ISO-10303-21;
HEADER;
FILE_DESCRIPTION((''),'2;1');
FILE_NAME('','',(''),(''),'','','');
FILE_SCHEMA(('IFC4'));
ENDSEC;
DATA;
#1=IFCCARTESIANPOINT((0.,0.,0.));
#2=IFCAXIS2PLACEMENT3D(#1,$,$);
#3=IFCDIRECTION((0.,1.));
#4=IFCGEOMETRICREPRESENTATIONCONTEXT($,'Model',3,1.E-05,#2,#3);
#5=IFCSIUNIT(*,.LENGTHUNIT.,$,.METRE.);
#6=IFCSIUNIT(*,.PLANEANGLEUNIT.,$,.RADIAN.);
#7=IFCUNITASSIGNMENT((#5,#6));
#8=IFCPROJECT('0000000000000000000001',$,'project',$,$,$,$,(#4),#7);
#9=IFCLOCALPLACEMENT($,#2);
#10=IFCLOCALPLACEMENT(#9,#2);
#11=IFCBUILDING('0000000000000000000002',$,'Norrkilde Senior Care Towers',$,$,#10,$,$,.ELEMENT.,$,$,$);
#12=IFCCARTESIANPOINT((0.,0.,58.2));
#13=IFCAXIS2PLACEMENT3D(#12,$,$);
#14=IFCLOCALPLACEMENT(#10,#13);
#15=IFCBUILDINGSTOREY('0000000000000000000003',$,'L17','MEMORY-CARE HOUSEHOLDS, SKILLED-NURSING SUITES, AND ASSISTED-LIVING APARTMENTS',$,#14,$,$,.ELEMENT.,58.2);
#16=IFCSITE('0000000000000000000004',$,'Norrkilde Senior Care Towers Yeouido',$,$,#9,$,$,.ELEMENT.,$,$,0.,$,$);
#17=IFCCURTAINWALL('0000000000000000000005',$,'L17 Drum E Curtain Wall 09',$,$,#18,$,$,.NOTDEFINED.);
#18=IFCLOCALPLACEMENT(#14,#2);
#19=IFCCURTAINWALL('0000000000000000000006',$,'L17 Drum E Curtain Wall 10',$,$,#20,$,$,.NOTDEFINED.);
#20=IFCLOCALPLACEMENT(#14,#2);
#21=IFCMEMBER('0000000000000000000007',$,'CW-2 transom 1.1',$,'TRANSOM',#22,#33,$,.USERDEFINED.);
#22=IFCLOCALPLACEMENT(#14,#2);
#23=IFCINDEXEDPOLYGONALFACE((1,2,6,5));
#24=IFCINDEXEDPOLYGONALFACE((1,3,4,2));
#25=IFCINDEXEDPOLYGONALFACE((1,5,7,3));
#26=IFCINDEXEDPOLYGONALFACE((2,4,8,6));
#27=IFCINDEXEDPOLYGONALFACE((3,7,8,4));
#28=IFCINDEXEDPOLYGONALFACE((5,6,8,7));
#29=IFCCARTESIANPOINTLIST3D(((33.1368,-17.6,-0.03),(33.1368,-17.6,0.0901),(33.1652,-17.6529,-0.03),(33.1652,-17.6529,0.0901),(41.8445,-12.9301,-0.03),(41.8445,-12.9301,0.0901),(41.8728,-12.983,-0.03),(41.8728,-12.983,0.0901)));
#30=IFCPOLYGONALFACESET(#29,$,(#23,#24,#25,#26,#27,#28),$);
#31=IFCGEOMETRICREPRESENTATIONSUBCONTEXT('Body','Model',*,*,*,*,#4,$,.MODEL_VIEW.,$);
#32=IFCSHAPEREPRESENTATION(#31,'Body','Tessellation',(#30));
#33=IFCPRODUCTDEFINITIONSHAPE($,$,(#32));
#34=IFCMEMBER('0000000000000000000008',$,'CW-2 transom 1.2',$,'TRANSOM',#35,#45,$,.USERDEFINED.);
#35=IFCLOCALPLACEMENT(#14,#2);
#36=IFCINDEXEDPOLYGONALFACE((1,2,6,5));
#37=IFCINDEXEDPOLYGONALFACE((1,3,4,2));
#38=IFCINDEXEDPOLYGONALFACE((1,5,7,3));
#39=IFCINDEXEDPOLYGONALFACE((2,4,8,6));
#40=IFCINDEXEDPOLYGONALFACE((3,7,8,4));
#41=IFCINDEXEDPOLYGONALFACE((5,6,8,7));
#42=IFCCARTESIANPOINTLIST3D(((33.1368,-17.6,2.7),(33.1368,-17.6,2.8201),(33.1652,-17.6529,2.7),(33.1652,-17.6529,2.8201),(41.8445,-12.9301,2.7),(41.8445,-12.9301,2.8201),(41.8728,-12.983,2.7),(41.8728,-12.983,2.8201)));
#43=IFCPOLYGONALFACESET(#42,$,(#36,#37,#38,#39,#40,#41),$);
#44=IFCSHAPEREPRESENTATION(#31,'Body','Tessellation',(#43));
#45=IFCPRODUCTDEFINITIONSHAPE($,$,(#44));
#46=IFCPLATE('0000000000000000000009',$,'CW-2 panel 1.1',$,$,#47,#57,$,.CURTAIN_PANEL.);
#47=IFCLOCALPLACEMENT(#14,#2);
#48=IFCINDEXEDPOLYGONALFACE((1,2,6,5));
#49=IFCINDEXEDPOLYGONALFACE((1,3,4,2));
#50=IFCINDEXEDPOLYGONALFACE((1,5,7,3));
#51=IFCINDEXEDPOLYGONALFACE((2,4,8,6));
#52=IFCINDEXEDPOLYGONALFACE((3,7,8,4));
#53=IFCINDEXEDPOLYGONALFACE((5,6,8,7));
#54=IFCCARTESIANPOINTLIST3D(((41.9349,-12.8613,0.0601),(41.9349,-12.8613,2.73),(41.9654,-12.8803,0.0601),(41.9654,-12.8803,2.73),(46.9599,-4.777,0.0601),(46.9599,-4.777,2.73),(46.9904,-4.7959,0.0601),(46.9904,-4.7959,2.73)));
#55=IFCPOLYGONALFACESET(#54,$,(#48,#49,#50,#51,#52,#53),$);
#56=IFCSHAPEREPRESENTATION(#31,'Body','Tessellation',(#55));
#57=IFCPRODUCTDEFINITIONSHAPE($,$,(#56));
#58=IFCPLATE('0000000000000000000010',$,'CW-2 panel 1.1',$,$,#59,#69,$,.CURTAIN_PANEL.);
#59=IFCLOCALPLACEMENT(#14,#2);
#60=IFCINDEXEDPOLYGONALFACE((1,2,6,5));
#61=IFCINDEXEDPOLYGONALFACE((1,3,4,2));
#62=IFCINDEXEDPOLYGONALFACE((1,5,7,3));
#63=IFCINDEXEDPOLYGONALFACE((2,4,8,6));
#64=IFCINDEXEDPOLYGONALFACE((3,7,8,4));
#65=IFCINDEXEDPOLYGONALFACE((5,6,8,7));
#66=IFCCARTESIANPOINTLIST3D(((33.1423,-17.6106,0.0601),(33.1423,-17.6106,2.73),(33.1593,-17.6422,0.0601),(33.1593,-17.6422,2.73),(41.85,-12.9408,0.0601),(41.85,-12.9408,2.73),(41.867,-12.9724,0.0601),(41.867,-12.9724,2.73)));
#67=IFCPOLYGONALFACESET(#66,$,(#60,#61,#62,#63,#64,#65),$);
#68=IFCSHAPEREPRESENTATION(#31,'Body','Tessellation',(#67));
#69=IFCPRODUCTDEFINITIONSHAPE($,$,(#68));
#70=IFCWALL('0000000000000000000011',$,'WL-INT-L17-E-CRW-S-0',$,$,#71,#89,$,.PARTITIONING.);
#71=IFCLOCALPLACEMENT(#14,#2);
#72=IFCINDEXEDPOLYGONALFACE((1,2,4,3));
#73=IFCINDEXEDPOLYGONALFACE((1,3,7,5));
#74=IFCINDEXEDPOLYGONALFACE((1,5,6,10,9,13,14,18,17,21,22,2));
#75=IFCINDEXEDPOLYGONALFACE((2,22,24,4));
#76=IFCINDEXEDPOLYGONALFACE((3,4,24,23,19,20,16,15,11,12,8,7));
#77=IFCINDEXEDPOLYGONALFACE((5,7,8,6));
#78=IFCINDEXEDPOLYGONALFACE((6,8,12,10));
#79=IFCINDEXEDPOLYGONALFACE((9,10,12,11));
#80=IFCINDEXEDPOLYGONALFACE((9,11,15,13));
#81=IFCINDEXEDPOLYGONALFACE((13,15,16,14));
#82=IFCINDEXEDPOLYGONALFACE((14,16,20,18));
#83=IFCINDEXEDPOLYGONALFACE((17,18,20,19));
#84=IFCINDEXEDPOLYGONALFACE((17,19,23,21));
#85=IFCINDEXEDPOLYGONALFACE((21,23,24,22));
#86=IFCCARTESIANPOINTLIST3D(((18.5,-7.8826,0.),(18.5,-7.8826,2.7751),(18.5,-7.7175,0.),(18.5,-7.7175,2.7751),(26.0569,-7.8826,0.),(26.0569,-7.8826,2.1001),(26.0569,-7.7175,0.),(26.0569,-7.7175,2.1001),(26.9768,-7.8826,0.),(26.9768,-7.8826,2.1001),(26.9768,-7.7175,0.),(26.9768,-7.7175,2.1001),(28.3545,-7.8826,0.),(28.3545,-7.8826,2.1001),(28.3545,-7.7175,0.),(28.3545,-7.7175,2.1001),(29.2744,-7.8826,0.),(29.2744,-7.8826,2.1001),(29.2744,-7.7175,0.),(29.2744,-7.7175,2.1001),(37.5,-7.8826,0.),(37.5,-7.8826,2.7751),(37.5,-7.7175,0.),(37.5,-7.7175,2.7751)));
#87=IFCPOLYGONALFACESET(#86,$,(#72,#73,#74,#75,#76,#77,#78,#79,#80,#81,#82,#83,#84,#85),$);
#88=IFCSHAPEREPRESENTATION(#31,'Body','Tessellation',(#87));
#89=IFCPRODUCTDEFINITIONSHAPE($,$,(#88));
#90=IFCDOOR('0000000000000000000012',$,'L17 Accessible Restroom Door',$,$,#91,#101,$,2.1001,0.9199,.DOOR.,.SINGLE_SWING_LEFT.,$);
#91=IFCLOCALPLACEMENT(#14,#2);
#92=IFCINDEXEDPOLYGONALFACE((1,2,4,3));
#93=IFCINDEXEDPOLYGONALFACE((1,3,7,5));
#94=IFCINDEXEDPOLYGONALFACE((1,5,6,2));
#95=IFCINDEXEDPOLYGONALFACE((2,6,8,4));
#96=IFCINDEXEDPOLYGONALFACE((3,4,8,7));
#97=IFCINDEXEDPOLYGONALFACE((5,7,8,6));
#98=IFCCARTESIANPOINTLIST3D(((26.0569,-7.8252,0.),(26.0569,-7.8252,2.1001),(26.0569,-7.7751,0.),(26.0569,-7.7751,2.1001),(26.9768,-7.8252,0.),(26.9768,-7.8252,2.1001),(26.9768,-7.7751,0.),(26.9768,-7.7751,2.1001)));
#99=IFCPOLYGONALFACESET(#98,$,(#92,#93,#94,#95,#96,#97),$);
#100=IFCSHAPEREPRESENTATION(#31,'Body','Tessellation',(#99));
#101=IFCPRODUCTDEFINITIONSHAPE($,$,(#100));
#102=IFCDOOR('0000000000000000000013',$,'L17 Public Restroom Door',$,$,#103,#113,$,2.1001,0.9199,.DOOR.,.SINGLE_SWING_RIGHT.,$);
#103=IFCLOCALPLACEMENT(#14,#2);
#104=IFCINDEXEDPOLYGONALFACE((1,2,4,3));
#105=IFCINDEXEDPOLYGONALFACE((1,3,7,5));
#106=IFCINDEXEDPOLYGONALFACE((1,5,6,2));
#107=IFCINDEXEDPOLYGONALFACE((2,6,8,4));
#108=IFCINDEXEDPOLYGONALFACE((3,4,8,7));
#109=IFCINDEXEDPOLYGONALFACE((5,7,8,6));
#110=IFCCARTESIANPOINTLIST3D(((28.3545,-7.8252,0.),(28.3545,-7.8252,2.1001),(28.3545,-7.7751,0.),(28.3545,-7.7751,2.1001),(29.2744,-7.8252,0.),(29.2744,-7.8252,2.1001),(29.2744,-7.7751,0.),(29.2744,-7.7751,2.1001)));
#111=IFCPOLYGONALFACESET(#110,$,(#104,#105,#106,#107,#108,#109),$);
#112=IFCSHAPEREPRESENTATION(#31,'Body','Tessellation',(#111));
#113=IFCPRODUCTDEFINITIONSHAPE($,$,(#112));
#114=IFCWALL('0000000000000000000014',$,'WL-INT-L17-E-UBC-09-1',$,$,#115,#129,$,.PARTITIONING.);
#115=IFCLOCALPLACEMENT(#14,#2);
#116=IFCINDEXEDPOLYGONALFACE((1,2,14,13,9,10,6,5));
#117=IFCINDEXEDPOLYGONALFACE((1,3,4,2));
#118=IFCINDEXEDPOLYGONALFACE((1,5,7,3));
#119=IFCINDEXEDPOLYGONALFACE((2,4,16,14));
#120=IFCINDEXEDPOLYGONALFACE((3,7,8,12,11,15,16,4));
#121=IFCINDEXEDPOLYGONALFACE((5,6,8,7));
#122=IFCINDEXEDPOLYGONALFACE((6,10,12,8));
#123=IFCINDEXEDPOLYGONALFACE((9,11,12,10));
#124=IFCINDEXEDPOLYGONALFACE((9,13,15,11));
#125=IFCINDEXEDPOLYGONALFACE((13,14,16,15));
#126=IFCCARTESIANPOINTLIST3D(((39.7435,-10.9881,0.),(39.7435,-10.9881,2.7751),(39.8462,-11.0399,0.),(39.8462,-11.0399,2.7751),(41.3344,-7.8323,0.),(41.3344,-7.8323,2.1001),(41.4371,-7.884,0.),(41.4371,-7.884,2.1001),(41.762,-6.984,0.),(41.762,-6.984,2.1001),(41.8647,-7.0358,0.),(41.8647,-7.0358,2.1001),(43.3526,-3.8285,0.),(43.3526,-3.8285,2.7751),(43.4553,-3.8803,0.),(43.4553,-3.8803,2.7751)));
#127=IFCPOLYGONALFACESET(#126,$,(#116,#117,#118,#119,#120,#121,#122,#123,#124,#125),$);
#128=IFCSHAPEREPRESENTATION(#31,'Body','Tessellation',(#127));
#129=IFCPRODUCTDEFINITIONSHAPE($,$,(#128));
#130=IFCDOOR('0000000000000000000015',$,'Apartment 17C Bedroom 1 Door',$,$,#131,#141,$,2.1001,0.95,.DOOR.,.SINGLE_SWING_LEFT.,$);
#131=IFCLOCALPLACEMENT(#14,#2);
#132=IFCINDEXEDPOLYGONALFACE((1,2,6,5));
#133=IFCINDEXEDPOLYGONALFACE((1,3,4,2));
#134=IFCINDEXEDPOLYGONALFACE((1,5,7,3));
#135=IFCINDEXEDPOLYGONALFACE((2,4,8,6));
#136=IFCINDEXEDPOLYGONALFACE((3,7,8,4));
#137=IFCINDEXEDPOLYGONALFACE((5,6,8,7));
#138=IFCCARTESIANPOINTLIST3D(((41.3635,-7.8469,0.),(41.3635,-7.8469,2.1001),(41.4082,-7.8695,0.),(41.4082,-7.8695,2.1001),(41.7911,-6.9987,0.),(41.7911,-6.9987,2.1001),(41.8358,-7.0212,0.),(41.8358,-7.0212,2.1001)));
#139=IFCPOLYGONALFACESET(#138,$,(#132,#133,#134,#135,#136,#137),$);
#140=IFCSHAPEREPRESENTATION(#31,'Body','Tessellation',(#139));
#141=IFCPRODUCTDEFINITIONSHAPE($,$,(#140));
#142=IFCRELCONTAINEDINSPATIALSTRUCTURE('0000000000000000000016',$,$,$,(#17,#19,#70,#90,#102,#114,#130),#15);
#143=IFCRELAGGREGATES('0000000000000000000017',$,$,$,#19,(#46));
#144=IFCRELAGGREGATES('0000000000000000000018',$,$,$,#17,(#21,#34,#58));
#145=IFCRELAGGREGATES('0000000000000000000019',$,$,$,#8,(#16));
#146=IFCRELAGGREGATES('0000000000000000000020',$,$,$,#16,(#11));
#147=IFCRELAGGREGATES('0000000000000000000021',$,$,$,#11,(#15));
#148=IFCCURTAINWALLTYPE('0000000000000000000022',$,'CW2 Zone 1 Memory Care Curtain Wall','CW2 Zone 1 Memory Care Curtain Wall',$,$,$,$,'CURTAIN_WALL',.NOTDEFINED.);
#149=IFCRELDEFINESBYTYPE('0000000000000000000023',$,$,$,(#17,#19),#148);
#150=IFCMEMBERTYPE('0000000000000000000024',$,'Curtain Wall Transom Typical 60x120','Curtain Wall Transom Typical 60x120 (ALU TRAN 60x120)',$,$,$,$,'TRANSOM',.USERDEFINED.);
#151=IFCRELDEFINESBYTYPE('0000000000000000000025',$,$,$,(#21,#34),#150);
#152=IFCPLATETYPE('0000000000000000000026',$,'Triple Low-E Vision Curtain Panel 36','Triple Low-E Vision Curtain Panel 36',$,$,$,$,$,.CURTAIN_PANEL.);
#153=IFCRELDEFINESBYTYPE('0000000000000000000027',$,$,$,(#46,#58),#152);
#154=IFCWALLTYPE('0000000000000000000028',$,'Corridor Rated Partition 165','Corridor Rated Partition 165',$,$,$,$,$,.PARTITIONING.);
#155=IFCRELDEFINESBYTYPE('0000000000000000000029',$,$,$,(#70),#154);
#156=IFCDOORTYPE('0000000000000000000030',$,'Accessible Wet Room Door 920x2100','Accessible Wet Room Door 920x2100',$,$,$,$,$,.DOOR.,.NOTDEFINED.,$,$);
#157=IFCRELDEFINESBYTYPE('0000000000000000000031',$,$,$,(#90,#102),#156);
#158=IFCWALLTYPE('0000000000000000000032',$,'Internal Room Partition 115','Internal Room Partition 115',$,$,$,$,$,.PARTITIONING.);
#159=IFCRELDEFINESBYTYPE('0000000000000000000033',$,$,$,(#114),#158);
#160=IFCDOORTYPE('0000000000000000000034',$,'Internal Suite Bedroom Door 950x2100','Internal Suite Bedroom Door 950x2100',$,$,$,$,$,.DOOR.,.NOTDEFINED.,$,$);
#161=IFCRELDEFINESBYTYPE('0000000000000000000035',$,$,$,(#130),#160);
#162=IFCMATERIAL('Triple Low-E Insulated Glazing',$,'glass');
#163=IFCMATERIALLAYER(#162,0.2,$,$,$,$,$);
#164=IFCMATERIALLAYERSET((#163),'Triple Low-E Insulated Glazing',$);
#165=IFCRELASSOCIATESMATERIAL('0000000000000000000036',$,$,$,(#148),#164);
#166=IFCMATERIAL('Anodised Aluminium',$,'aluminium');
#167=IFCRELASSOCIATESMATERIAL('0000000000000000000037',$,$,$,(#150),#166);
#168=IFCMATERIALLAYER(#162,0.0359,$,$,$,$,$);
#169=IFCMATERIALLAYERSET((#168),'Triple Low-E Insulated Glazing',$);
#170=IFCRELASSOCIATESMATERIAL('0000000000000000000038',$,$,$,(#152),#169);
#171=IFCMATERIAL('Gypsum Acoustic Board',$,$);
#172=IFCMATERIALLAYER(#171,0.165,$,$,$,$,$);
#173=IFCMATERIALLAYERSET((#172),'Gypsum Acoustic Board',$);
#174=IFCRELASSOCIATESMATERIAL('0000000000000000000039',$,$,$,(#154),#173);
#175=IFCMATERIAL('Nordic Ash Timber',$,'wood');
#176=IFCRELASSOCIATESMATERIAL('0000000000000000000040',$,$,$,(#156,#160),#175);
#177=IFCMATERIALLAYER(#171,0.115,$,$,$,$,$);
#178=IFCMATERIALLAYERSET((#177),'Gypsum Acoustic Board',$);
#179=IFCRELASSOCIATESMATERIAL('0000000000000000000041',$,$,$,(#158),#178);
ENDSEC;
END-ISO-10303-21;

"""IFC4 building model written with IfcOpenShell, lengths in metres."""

from ifc_helpers import new_model, si_unit, direction, frame, frame_2d, origin, origin_2d, place, context, subcontext, project, spatial, rectangle, extrude, source, transform, mapped, material, layer, layer_set, material_profile, profile_set, type_object, type_shapes, element, fill, aggregate, save


model = new_model("IFC4")

# Units and contexts
model_context = context("Model", 3, precision=1e-05, world=origin(), true_north=direction((0.0, 1.0)))
body_context = subcontext(model_context, "Body", "Model", "MODEL_VIEW")
ifc_project = project(units=[si_unit("LENGTHUNIT", "METRE"), si_unit("PLANEANGLEUNIT", "RADIAN")], contexts=[model_context])

# Site, building, storey
site_placement = place(None, origin())
site = spatial("IfcSite", under=ifc_project, at=site_placement, Name="Norrkilde Senior Care Towers Yeouido", CompositionType="ELEMENT", RefElevation=0.0)
building_placement = place(site_placement, origin())
building = spatial("IfcBuilding", under=site, at=building_placement, Name="Norrkilde Senior Care Towers", CompositionType="ELEMENT")
storey_placement = place(building_placement, frame((0.0, 0.0, 58.2)))
storey = spatial("IfcBuildingStorey", under=building, at=storey_placement, Name="L17", Description="MEMORY-CARE HOUSEHOLDS, SKILLED-NURSING SUITES, AND ASSISTED-LIVING APARTMENTS", CompositionType="ELEMENT", Elevation=58.2)

# Curtain wall
ifc_material_1 = material(Name="Triple Low-E Insulated Glazing", Category="glass")
ifc_layer_1 = layer(ifc_material_1, 0.2)
ifc_layer_set_1 = layer_set([ifc_layer_1], Name="Triple Low-E Insulated Glazing")
curtain_wall_type = type_object("IfcCurtainWallType", Name="CW2 Zone 1 Memory Care Curtain Wall", Description="CW2 Zone 1 Memory Care Curtain Wall", ElementType="CURTAIN_WALL", PredefinedType="NOTDEFINED", material=ifc_layer_set_1)
curtain_wall_1_placement = place(storey_placement, origin())
curtain_wall_1 = element("IfcCurtainWall", 1, at=curtain_wall_1_placement, inside=storey, type_object=curtain_wall_type, Name="L17 Drum E Curtain Wall 09", PredefinedType="NOTDEFINED")
ifc_material_2 = material(Name="Anodised Aluminium", Category="aluminium")

# Curtain wall
curtain_wall_2_placement = place(storey_placement, origin())
curtain_wall_2 = element("IfcCurtainWall", 2, at=curtain_wall_2_placement, inside=storey, type_object=curtain_wall_type, Name="L17 Drum E Curtain Wall 10", PredefinedType="NOTDEFINED")

# Members
ifc_material_profile_1 = material_profile(ifc_material_2, rectangle(XDim=0.0601, YDim=0.1201, at=origin_2d()), Name="ALU TRAN 60x120")
ifc_profile_set_1 = profile_set([ifc_material_profile_1], Name="Anodised Aluminium")
member_type_1 = type_object("IfcMemberType", Name="Curtain Wall Transom Typical 60x120", Description="Curtain Wall Transom Typical 60x120 (ALU TRAN 60x120)", ElementType="TRANSOM", PredefinedType="USERDEFINED", material=ifc_profile_set_1)
shared_shape_1 = source(origin(), body_context, "Body", "SweptSolid", [
    extrude(rectangle(XDim=0.0601, YDim=0.1201, at=origin_2d()), origin(), (0.0, 0.0, 1.0), 9.8809),
])
member_1_placement = place(storey_placement, frame((41.8586, -12.9565, 0.03), z_axis=(-0.881267, -0.472618, 0.0), x_axis=(0.472618, -0.881267, 0.0)))
member_1 = element("IfcMember", 3, at=member_1_placement, type_object=member_type_1, Name="CW-2 transom 1.1", ObjectType="TRANSOM", PredefinedType="USERDEFINED", context=body_context, shape_type="MappedRepresentation", body=[
    mapped(shared_shape_1, transform((0.0, 0.0, 0.0), x_axis=(1.0, 0.0, 0.0), y_axis=(0.0, 1.0, 0.0), z_axis=(0.0, 0.0, 1.0), scale=1.0)),
])
member_2_placement = place(storey_placement, frame((41.8586, -12.9565, 2.76), z_axis=(-0.881267, -0.472618, 0.0), x_axis=(0.472618, -0.881267, 0.0)))
member_2 = element("IfcMember", 4, at=member_2_placement, type_object=member_type_1, Name="CW-2 transom 1.2", ObjectType="TRANSOM", PredefinedType="USERDEFINED", context=body_context, shape_type="MappedRepresentation", body=[
    mapped(shared_shape_1, transform((0.0, 0.0, 0.0), x_axis=(1.0, 0.0, 0.0), y_axis=(0.0, 1.0, 0.0), z_axis=(0.0, 0.0, 1.0), scale=1.0)),
])

# Plates
ifc_layer_2 = layer(ifc_material_1, 0.0359)
ifc_layer_set_2 = layer_set([ifc_layer_2], Name="Triple Low-E Insulated Glazing")
plate_type = type_object("IfcPlateType", Name="Triple Low-E Vision Curtain Panel 36", Description="Triple Low-E Vision Curtain Panel 36", PredefinedType="CURTAIN_PANEL", material=ifc_layer_set_2)
shared_shape_2 = source(origin(), body_context, "Body", "SweptSolid", [
    extrude(rectangle(XDim=9.5188, YDim=0.0359, at=origin_2d()), origin(), (0.0, 0.0, 1.0), 2.6699),
])
plate_1_placement = place(storey_placement, frame((44.4626, -8.8286, 0.0601), z_axis=(0.0, 0.0, 1.0), x_axis=(-0.527901, -0.849306, 0.0)))
plate_1 = element("IfcPlate", 5, at=plate_1_placement, type_object=plate_type, Name="CW-2 panel 1.1", PredefinedType="CURTAIN_PANEL", context=body_context, shape_type="MappedRepresentation", body=[
    mapped(shared_shape_2, transform((0.0, 0.0, 0.0), x_axis=(1.0, 0.0, 0.0), y_axis=(0.0, 1.0, 0.0), z_axis=(0.0, 0.0, 1.0), scale=1.0)),
])
aggregate(curtain_wall_2, [plate_1])
shared_shape_3 = source(origin(), body_context, "Body", "SweptSolid", [
    extrude(rectangle(XDim=9.8809, YDim=0.0359, at=origin_2d()), origin(), (0.0, 0.0, 1.0), 2.6699),
])
type_shapes(plate_type, [shared_shape_2, shared_shape_3])
plate_2_placement = place(storey_placement, frame((37.5046, -15.2915, 0.0601), z_axis=(0.0, 0.0, 1.0), x_axis=(-0.881273, -0.472608, 0.0)))
plate_2 = element("IfcPlate", 6, at=plate_2_placement, type_object=plate_type, Name="CW-2 panel 1.1", PredefinedType="CURTAIN_PANEL", context=body_context, shape_type="MappedRepresentation", body=[
    mapped(shared_shape_3, transform((0.0, 0.0, 0.0), x_axis=(1.0, 0.0, 0.0), y_axis=(0.0, 1.0, 0.0), z_axis=(0.0, 0.0, 1.0), scale=1.0)),
])
aggregate(curtain_wall_1, [member_1, member_2, plate_2])

# Wall, openings, doors
ifc_material_3 = material(Name="Gypsum Acoustic Board")
ifc_layer_3 = layer(ifc_material_3, 0.165)
ifc_layer_set_3 = layer_set([ifc_layer_3], Name="Gypsum Acoustic Board")
wall_type_1 = type_object("IfcWallType", Name="Corridor Rated Partition 165", Description="Corridor Rated Partition 165", PredefinedType="PARTITIONING", material=ifc_layer_set_3)
shared_shape_4 = source(origin(), body_context, "Body", "SweptSolid", [
    extrude(rectangle(XDim=19.0, YDim=0.165, at=frame_2d((9.5, 0.0))), origin(), (0.0, 0.0, 1.0), 2.7751),
])
type_shapes(wall_type_1, [shared_shape_4])
wall_1_placement = place(storey_placement, frame((37.5, -7.8, 0.0), z_axis=(0.0, 0.0, 1.0), x_axis=(-1.0, 0.0, 0.0)))
wall_1 = element("IfcWall", 7, at=wall_1_placement, inside=storey, type_object=wall_type_1, Name="WL-INT-L17-E-CRW-S-0", PredefinedType="PARTITIONING", context=body_context, shape_type="MappedRepresentation", body=[
    mapped(shared_shape_4, transform((0.0, 0.0, 0.0), x_axis=(1.0, 0.0, 0.0), y_axis=(0.0, 1.0, 0.0), z_axis=(0.0, 0.0, 1.0), scale=1.0)),
])
opening_1_placement = place(wall_1_placement, frame((10.5232, 0.0, 0.0)))
opening_1 = element("IfcOpeningElement", 8, at=opening_1_placement, cuts=wall_1, PredefinedType="OPENING", context=body_context, shape_type="SweptSolid", body=[
    extrude(rectangle(XDim=0.9199, YDim=2.1001, at=frame_2d((0.46, 1.05))), frame((0.0, 0.0925, 0.0), z_axis=(0.0, -1.0, 0.0), x_axis=(1.0, 0.0, 0.0)), (0.0, 0.0, 1.0), 0.1851),
])
opening_2_placement = place(wall_1_placement, frame((8.2256, 0.0, 0.0)))
opening_2 = element("IfcOpeningElement", 9, at=opening_2_placement, cuts=wall_1, PredefinedType="OPENING", context=body_context, shape_type="SweptSolid", body=[
    extrude(rectangle(XDim=0.9199, YDim=2.1001, at=frame_2d((0.46, 1.05))), frame((0.0, 0.0925, 0.0), z_axis=(0.0, -1.0, 0.0), x_axis=(1.0, 0.0, 0.0)), (0.0, 0.0, 1.0), 0.1851),
])
ifc_material_4 = material(Name="Nordic Ash Timber", Category="wood")
door_type_1 = type_object("IfcDoorType", Name="Accessible Wet Room Door 920x2100", Description="Accessible Wet Room Door 920x2100", OperationType="NOTDEFINED", PredefinedType="DOOR", material=ifc_material_4)
shared_shape_5 = source(origin(), body_context, "Body", "SweptSolid", [
    extrude(rectangle(XDim=0.9199, YDim=2.1001, at=frame_2d((0.46, 1.05))), frame((0.0, 0.0249, 0.0), z_axis=(0.0, -1.0, 0.0), x_axis=(1.0, 0.0, 0.0)), (0.0, 0.0, 1.0), 0.05),
])
type_shapes(door_type_1, [shared_shape_5])
door_1_placement = place(opening_1_placement, frame((0.9199, 0.0, 0.0), z_axis=(0.0, 0.0, 1.0), x_axis=(-1.0, 0.0, 0.0)))
door_1 = element("IfcDoor", 10, at=door_1_placement, inside=storey, type_object=door_type_1, Name="L17 Accessible Restroom Door", OperationType="SINGLE_SWING_LEFT", OverallHeight=2.1001, OverallWidth=0.9199, PredefinedType="DOOR", context=body_context, shape_type="MappedRepresentation", body=[
    mapped(shared_shape_5, transform((0.0, 0.0, 0.0), x_axis=(1.0, 0.0, 0.0), y_axis=(0.0, 1.0, 0.0), z_axis=(0.0, 0.0, 1.0), scale=1.0)),
])
fill(opening_1, door_1)
door_2_placement = place(opening_2_placement, frame((0.9199, 0.0, 0.0), z_axis=(0.0, 0.0, 1.0), x_axis=(-1.0, 0.0, 0.0)))
door_2 = element("IfcDoor", 11, at=door_2_placement, inside=storey, type_object=door_type_1, Name="L17 Public Restroom Door", OperationType="SINGLE_SWING_RIGHT", OverallHeight=2.1001, OverallWidth=0.9199, PredefinedType="DOOR", context=body_context, shape_type="MappedRepresentation", body=[
    mapped(shared_shape_5, transform((0.0, 0.0, 0.0), x_axis=(1.0, 0.0, 0.0), y_axis=(0.0, 1.0, 0.0), z_axis=(0.0, 0.0, 1.0), scale=1.0)),
])
fill(opening_2, door_2)

# Wall, opening, door
ifc_layer_4 = layer(ifc_material_3, 0.115)
ifc_layer_set_4 = layer_set([ifc_layer_4], Name="Gypsum Acoustic Board")
wall_type_2 = type_object("IfcWallType", Name="Internal Room Partition 115", Description="Internal Room Partition 115", PredefinedType="PARTITIONING", material=ifc_layer_set_4)
shared_shape_6 = source(origin(), body_context, "Body", "SweptSolid", [
    extrude(rectangle(XDim=8.0178, YDim=0.115, at=frame_2d((4.0088, 0.0))), origin(), (0.0, 0.0, 1.0), 2.7751),
])
wall_2_placement = place(storey_placement, frame((39.7949, -11.0139, 0.0), z_axis=(0.0, 0.0, 1.0), x_axis=(0.450134, 0.892961, 0.0)))
wall_2 = element("IfcWall", 12, at=wall_2_placement, inside=storey, type_object=wall_type_2, Name="WL-INT-L17-E-UBC-09-1", PredefinedType="PARTITIONING", context=body_context, shape_type="MappedRepresentation", body=[
    mapped(shared_shape_6, transform((0.0, 0.0, 0.0), x_axis=(1.0, 0.0, 0.0), y_axis=(0.0, 1.0, 0.0), z_axis=(0.0, 0.0, 1.0), scale=1.0)),
])
opening_3_placement = place(wall_2_placement, frame((3.5339, 0.0, 0.0)))
opening_3 = element("IfcOpeningElement", 13, at=opening_3_placement, cuts=wall_2, PredefinedType="OPENING", context=body_context, shape_type="SweptSolid", body=[
    extrude(rectangle(XDim=0.95, YDim=2.1001, at=frame_2d((0.4751, 1.05))), frame((0.0, 0.0674, 0.0), z_axis=(0.0, -1.0, 0.0), x_axis=(1.0, 0.0, 0.0)), (0.0, 0.0, 1.0), 0.135),
])
door_type_2 = type_object("IfcDoorType", Name="Internal Suite Bedroom Door 950x2100", Description="Internal Suite Bedroom Door 950x2100", OperationType="NOTDEFINED", PredefinedType="DOOR", material=ifc_material_4)
shared_shape_7 = source(origin(), body_context, "Body", "SweptSolid", [
    extrude(rectangle(XDim=0.95, YDim=2.1001, at=frame_2d((0.4751, 1.05))), frame((0.0, 0.0249, 0.0), z_axis=(0.0, -1.0, 0.0), x_axis=(1.0, 0.0, 0.0)), (0.0, 0.0, 1.0), 0.05),
])
type_shapes(door_type_2, [shared_shape_7])
door_3_placement = place(opening_3_placement, origin())
door_3 = element("IfcDoor", 14, at=door_3_placement, inside=storey, type_object=door_type_2, Name="Apartment 17C Bedroom 1 Door", OperationType="SINGLE_SWING_LEFT", OverallHeight=2.1001, OverallWidth=0.95, PredefinedType="DOOR", context=body_context, shape_type="MappedRepresentation", body=[
    mapped(shared_shape_7, transform((0.0, 0.0, 0.0), x_axis=(1.0, 0.0, 0.0), y_axis=(0.0, 1.0, 0.0), z_axis=(0.0, 0.0, 1.0), scale=1.0)),
])
fill(opening_3, door_3)

save(model, "model.ifc")
